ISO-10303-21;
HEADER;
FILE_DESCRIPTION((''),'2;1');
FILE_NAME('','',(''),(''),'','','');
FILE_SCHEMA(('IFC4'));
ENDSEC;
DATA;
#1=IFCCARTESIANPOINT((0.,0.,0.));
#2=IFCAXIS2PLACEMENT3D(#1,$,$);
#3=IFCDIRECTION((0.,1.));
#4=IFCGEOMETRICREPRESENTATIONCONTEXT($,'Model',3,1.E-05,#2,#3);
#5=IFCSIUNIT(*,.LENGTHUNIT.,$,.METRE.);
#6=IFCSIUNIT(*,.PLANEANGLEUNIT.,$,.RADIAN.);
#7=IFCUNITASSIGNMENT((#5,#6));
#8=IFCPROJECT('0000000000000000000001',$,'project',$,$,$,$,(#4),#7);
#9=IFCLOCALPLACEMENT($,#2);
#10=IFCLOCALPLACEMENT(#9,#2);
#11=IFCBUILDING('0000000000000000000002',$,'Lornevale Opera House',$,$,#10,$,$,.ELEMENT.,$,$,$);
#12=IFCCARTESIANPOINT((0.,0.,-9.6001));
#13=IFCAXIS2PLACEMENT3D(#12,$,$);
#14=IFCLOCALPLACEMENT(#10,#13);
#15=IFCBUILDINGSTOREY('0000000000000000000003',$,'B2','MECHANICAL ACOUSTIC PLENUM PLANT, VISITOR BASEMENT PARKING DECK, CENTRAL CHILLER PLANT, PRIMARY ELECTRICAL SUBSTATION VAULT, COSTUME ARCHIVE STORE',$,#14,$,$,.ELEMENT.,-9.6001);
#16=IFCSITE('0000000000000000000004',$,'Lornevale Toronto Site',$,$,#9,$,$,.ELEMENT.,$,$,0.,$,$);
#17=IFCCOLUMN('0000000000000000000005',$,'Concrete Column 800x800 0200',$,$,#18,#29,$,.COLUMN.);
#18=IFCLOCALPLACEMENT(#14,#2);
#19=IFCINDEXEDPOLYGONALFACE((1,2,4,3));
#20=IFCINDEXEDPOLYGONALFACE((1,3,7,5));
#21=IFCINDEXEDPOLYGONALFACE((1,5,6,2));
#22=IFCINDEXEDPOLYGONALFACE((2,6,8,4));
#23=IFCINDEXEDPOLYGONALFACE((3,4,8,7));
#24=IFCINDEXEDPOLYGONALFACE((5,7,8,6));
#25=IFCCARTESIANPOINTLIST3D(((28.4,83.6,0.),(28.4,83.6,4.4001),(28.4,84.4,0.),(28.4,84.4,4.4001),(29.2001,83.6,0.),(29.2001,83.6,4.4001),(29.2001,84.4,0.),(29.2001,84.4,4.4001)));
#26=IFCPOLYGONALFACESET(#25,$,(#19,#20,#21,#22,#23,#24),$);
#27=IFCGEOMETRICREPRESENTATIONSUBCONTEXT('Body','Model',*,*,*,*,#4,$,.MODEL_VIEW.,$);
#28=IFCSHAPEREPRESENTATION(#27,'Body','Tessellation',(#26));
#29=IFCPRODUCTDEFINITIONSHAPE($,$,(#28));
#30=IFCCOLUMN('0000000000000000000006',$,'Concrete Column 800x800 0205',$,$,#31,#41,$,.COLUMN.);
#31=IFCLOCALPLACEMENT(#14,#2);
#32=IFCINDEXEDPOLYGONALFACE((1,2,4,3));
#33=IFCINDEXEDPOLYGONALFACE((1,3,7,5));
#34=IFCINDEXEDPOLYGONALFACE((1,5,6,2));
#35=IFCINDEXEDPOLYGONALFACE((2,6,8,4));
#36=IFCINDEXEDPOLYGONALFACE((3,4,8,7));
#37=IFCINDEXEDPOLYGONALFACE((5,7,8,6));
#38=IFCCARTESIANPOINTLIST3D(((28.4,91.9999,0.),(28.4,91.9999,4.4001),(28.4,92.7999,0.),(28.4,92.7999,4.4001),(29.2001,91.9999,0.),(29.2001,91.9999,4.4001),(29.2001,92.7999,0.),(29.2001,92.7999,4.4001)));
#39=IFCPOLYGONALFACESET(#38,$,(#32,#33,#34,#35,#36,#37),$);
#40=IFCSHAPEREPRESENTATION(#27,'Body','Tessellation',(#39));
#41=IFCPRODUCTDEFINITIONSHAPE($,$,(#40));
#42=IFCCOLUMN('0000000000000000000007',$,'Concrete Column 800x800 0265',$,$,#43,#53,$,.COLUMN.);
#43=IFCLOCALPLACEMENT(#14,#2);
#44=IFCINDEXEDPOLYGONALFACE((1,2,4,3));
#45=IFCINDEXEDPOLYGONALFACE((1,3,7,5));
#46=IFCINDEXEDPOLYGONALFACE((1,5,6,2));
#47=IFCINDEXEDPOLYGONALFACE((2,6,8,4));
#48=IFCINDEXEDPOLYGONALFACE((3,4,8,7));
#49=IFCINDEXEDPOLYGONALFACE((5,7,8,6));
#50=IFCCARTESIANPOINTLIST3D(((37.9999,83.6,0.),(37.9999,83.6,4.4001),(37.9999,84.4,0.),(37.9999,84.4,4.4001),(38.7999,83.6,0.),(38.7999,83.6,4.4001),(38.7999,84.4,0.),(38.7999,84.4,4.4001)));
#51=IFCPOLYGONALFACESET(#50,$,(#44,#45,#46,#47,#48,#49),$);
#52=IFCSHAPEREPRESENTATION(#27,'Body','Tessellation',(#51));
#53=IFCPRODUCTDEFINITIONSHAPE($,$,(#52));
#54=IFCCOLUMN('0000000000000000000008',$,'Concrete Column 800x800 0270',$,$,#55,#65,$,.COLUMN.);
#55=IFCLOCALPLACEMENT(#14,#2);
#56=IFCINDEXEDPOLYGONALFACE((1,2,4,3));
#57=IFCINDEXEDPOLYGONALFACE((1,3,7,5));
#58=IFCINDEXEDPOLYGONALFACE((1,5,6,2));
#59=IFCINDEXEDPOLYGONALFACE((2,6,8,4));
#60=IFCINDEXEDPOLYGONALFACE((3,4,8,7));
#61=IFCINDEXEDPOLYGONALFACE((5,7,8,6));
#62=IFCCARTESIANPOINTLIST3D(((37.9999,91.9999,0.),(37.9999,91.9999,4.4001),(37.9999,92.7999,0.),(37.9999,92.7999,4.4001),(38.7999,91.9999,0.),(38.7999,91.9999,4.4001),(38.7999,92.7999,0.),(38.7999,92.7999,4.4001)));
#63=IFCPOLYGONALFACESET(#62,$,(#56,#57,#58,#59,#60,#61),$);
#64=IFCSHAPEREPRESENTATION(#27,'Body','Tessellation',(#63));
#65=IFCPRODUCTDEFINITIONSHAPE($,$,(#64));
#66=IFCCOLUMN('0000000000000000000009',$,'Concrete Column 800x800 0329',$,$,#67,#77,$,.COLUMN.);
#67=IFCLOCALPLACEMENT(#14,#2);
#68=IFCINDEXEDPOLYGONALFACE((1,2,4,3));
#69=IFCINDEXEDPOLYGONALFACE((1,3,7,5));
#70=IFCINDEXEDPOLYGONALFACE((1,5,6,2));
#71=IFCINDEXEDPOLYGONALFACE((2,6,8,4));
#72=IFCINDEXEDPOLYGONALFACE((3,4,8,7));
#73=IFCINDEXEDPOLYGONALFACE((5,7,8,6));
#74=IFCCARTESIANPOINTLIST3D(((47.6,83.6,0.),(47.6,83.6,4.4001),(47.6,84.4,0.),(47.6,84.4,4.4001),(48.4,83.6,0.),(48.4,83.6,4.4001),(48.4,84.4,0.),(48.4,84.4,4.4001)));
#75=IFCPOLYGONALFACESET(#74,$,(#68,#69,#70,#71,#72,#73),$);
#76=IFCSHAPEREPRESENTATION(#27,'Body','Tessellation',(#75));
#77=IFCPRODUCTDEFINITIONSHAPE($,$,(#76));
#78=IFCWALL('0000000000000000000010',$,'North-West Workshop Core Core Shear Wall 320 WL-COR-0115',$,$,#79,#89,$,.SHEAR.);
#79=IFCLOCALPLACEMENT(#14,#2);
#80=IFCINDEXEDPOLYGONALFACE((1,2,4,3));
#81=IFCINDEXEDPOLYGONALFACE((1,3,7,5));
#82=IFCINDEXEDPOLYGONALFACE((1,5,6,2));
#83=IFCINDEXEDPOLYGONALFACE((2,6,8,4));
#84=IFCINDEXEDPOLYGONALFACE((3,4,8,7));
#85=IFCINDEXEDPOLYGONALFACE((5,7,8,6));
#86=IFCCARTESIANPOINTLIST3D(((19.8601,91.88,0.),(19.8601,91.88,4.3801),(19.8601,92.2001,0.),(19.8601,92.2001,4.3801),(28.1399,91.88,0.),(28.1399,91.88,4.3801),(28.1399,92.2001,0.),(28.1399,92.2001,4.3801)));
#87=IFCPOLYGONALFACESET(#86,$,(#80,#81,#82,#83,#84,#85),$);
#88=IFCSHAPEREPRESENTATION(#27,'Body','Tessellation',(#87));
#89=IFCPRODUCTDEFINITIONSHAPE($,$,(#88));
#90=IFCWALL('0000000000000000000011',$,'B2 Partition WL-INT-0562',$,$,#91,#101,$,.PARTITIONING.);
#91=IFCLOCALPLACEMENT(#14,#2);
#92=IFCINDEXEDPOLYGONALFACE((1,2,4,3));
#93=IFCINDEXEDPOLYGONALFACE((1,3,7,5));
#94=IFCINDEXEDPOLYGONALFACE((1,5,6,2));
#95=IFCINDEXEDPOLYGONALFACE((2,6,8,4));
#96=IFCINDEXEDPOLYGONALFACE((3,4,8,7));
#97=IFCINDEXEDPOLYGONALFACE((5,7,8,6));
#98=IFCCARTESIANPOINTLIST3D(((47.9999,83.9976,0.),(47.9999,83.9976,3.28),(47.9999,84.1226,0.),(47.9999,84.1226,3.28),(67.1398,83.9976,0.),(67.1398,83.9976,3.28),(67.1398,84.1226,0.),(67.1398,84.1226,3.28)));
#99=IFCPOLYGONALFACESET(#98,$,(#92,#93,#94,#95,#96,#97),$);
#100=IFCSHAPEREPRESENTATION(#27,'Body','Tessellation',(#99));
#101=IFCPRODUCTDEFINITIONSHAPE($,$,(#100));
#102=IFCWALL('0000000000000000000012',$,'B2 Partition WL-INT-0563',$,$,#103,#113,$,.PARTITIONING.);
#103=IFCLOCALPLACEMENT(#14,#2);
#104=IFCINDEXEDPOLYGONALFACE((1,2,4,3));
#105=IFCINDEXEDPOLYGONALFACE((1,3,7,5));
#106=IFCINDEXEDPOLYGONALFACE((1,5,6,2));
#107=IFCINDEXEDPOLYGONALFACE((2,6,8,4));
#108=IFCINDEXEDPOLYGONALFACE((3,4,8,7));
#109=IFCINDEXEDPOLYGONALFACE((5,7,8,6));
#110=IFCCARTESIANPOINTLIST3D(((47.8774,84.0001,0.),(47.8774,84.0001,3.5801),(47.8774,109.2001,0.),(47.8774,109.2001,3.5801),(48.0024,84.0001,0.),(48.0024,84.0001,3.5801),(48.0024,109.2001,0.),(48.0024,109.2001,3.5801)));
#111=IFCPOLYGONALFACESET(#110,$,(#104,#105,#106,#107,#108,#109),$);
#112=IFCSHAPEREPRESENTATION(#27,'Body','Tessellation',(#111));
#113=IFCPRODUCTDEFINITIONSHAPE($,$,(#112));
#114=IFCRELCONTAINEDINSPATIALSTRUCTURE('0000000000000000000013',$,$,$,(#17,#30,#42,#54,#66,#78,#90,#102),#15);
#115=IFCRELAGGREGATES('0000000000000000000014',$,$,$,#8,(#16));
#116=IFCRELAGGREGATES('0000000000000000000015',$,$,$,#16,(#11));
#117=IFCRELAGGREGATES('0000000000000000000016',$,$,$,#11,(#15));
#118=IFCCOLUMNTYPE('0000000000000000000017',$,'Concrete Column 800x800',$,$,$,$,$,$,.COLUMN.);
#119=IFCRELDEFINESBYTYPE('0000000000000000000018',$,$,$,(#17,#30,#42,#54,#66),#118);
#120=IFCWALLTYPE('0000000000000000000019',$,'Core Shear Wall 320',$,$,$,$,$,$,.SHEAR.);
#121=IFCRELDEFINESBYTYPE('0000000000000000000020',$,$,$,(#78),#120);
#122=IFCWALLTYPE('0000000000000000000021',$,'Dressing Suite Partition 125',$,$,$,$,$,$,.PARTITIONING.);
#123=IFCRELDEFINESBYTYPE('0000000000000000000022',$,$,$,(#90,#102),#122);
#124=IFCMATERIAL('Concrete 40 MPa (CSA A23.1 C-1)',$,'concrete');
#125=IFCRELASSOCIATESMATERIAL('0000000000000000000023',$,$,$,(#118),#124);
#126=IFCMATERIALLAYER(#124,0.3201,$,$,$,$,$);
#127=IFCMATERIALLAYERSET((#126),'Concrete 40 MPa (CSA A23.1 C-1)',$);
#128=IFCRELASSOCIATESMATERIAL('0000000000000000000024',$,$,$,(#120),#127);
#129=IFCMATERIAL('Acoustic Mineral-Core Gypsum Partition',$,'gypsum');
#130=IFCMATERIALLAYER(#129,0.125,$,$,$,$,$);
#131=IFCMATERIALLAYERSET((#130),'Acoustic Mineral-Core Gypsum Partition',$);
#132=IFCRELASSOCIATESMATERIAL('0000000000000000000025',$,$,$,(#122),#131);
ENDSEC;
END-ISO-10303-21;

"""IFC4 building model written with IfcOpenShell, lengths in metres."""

from ifc_helpers import new_model, si_unit, direction, frame, frame_2d, origin, origin_2d, place, context, subcontext, project, spatial, rectangle, extrude, material, layer, layer_set, material_profile, profile_set, type_object, element, save


model = new_model("IFC4")

# Units and contexts
model_context = context("Model", 3, precision=1e-05, world=origin(), true_north=direction((0.0, 1.0)))
body_context = subcontext(model_context, "Body", "Model", "MODEL_VIEW")
ifc_project = project(units=[si_unit("LENGTHUNIT", "METRE"), si_unit("PLANEANGLEUNIT", "RADIAN")], contexts=[model_context])

# Site, building, storey
site_placement = place(None, origin())
site = spatial("IfcSite", under=ifc_project, at=site_placement, Name="Lornevale Toronto Site", CompositionType="ELEMENT", RefElevation=0.0)
building_placement = place(site_placement, origin())
building = spatial("IfcBuilding", under=site, at=building_placement, Name="Lornevale Opera House", CompositionType="ELEMENT")
storey_placement = place(building_placement, frame((0.0, 0.0, -9.6001)))
storey = spatial("IfcBuildingStorey", under=building, at=storey_placement, Name="B2", Description="MECHANICAL ACOUSTIC PLENUM PLANT, VISITOR BASEMENT PARKING DECK, CENTRAL CHILLER PLANT, PRIMARY ELECTRICAL SUBSTATION VAULT, COSTUME ARCHIVE STORE", CompositionType="ELEMENT", Elevation=-9.6001)

# Shared definitions
ifc_material_1 = material(Name="Concrete 40 MPa (CSA A23.1 C-1)", Category="concrete")

# Columns
ifc_material_profile_1 = material_profile(ifc_material_1, rectangle(XDim=0.8, YDim=0.8, at=origin_2d()), Name="RC800x800")
ifc_profile_set_1 = profile_set([ifc_material_profile_1], Name="Concrete 40 MPa (CSA A23.1 C-1)")
column_type = type_object("IfcColumnType", Name="Concrete Column 800x800", PredefinedType="COLUMN", material=ifc_profile_set_1)
for number, where, z_axis, x_axis, name in (
    (1, (28.8, 84.0, 0.0), (0.0, 0.0, 1.0), (1.0, 0.0, 0.0), "Concrete Column 800x800 0200"),
    (2, (28.8, 92.3999, 0.0), (0.0, 0.0, 1.0), (1.0, 0.0, 0.0), "Concrete Column 800x800 0205"),
    (3, (38.3999, 84.0, 0.0), (0.0, 0.0, 1.0), (1.0, 0.0, 0.0), "Concrete Column 800x800 0265"),
    (4, (38.3999, 92.3999, 0.0), (0.0, 0.0, 1.0), (1.0, 0.0, 0.0), "Concrete Column 800x800 0270"),
    (5, (48.0, 84.0, 0.0), (0.0, 0.0, 1.0), (1.0, 0.0, 0.0), "Concrete Column 800x800 0329"),
):
    element("IfcColumn", number, at=place(storey_placement, frame(where, z_axis=z_axis, x_axis=x_axis)), inside=storey, type_object=column_type, Name=name, PredefinedType="COLUMN", context=body_context, shape_type="SweptSolid", body=[
        extrude(rectangle(XDim=0.8, YDim=0.8, at=origin_2d()), origin(), (0.0, 0.0, 1.0), 4.4001),
    ])

# Walls
ifc_layer_1 = layer(ifc_material_1, 0.3201)
ifc_layer_set_1 = layer_set([ifc_layer_1], Name="Concrete 40 MPa (CSA A23.1 C-1)")
wall_type_1 = type_object("IfcWallType", Name="Core Shear Wall 320", PredefinedType="SHEAR", material=ifc_layer_set_1)
wall_1_placement = place(storey_placement, frame((28.1399, 92.04, 0.0), z_axis=(0.0, 0.0, 1.0), x_axis=(-1.0, 0.0, 0.0)))
element("IfcWall", 6, at=wall_1_placement, inside=storey, type_object=wall_type_1, Name="North-West Workshop Core Core Shear Wall 320 WL-COR-0115", PredefinedType="SHEAR", context=body_context, shape_type="SweptSolid", body=[
    extrude(rectangle(XDim=8.2798, YDim=0.3201, at=frame_2d((4.1399, 0.0))), origin(), (0.0, 0.0, 1.0), 4.3801),
])
ifc_material_2 = material(Name="Acoustic Mineral-Core Gypsum Partition", Category="gypsum")
ifc_layer_2 = layer(ifc_material_2, 0.125)
ifc_layer_set_2 = layer_set([ifc_layer_2], Name="Acoustic Mineral-Core Gypsum Partition")
wall_type_2 = type_object("IfcWallType", Name="Dressing Suite Partition 125", PredefinedType="PARTITIONING", material=ifc_layer_set_2)
wall_2_placement = place(storey_placement, frame((48.0, 84.0601, 0.0), z_axis=(0.0, 0.0, 1.0), x_axis=(1.0, 0.0, 0.0)))
element("IfcWall", 7, at=wall_2_placement, inside=storey, type_object=wall_type_2, Name="B2 Partition WL-INT-0562", PredefinedType="PARTITIONING", context=body_context, shape_type="SweptSolid", body=[
    extrude(rectangle(XDim=19.1399, YDim=0.125, at=frame_2d((9.5698, 0.0))), origin(), (0.0, 0.0, 1.0), 3.28),
])
wall_3_placement = place(storey_placement, frame((47.9399, 84.0, 0.0), z_axis=(0.0, 0.0, 1.0), x_axis=(0.0, 1.0, 0.0)))
element("IfcWall", 8, at=wall_3_placement, inside=storey, type_object=wall_type_2, Name="B2 Partition WL-INT-0563", PredefinedType="PARTITIONING", context=body_context, shape_type="SweptSolid", body=[
    extrude(rectangle(XDim=25.2, YDim=0.125, at=frame_2d((12.6001, 0.0))), origin(), (0.0, 0.0, 1.0), 3.5801),
])

save(model, "model.ifc")
